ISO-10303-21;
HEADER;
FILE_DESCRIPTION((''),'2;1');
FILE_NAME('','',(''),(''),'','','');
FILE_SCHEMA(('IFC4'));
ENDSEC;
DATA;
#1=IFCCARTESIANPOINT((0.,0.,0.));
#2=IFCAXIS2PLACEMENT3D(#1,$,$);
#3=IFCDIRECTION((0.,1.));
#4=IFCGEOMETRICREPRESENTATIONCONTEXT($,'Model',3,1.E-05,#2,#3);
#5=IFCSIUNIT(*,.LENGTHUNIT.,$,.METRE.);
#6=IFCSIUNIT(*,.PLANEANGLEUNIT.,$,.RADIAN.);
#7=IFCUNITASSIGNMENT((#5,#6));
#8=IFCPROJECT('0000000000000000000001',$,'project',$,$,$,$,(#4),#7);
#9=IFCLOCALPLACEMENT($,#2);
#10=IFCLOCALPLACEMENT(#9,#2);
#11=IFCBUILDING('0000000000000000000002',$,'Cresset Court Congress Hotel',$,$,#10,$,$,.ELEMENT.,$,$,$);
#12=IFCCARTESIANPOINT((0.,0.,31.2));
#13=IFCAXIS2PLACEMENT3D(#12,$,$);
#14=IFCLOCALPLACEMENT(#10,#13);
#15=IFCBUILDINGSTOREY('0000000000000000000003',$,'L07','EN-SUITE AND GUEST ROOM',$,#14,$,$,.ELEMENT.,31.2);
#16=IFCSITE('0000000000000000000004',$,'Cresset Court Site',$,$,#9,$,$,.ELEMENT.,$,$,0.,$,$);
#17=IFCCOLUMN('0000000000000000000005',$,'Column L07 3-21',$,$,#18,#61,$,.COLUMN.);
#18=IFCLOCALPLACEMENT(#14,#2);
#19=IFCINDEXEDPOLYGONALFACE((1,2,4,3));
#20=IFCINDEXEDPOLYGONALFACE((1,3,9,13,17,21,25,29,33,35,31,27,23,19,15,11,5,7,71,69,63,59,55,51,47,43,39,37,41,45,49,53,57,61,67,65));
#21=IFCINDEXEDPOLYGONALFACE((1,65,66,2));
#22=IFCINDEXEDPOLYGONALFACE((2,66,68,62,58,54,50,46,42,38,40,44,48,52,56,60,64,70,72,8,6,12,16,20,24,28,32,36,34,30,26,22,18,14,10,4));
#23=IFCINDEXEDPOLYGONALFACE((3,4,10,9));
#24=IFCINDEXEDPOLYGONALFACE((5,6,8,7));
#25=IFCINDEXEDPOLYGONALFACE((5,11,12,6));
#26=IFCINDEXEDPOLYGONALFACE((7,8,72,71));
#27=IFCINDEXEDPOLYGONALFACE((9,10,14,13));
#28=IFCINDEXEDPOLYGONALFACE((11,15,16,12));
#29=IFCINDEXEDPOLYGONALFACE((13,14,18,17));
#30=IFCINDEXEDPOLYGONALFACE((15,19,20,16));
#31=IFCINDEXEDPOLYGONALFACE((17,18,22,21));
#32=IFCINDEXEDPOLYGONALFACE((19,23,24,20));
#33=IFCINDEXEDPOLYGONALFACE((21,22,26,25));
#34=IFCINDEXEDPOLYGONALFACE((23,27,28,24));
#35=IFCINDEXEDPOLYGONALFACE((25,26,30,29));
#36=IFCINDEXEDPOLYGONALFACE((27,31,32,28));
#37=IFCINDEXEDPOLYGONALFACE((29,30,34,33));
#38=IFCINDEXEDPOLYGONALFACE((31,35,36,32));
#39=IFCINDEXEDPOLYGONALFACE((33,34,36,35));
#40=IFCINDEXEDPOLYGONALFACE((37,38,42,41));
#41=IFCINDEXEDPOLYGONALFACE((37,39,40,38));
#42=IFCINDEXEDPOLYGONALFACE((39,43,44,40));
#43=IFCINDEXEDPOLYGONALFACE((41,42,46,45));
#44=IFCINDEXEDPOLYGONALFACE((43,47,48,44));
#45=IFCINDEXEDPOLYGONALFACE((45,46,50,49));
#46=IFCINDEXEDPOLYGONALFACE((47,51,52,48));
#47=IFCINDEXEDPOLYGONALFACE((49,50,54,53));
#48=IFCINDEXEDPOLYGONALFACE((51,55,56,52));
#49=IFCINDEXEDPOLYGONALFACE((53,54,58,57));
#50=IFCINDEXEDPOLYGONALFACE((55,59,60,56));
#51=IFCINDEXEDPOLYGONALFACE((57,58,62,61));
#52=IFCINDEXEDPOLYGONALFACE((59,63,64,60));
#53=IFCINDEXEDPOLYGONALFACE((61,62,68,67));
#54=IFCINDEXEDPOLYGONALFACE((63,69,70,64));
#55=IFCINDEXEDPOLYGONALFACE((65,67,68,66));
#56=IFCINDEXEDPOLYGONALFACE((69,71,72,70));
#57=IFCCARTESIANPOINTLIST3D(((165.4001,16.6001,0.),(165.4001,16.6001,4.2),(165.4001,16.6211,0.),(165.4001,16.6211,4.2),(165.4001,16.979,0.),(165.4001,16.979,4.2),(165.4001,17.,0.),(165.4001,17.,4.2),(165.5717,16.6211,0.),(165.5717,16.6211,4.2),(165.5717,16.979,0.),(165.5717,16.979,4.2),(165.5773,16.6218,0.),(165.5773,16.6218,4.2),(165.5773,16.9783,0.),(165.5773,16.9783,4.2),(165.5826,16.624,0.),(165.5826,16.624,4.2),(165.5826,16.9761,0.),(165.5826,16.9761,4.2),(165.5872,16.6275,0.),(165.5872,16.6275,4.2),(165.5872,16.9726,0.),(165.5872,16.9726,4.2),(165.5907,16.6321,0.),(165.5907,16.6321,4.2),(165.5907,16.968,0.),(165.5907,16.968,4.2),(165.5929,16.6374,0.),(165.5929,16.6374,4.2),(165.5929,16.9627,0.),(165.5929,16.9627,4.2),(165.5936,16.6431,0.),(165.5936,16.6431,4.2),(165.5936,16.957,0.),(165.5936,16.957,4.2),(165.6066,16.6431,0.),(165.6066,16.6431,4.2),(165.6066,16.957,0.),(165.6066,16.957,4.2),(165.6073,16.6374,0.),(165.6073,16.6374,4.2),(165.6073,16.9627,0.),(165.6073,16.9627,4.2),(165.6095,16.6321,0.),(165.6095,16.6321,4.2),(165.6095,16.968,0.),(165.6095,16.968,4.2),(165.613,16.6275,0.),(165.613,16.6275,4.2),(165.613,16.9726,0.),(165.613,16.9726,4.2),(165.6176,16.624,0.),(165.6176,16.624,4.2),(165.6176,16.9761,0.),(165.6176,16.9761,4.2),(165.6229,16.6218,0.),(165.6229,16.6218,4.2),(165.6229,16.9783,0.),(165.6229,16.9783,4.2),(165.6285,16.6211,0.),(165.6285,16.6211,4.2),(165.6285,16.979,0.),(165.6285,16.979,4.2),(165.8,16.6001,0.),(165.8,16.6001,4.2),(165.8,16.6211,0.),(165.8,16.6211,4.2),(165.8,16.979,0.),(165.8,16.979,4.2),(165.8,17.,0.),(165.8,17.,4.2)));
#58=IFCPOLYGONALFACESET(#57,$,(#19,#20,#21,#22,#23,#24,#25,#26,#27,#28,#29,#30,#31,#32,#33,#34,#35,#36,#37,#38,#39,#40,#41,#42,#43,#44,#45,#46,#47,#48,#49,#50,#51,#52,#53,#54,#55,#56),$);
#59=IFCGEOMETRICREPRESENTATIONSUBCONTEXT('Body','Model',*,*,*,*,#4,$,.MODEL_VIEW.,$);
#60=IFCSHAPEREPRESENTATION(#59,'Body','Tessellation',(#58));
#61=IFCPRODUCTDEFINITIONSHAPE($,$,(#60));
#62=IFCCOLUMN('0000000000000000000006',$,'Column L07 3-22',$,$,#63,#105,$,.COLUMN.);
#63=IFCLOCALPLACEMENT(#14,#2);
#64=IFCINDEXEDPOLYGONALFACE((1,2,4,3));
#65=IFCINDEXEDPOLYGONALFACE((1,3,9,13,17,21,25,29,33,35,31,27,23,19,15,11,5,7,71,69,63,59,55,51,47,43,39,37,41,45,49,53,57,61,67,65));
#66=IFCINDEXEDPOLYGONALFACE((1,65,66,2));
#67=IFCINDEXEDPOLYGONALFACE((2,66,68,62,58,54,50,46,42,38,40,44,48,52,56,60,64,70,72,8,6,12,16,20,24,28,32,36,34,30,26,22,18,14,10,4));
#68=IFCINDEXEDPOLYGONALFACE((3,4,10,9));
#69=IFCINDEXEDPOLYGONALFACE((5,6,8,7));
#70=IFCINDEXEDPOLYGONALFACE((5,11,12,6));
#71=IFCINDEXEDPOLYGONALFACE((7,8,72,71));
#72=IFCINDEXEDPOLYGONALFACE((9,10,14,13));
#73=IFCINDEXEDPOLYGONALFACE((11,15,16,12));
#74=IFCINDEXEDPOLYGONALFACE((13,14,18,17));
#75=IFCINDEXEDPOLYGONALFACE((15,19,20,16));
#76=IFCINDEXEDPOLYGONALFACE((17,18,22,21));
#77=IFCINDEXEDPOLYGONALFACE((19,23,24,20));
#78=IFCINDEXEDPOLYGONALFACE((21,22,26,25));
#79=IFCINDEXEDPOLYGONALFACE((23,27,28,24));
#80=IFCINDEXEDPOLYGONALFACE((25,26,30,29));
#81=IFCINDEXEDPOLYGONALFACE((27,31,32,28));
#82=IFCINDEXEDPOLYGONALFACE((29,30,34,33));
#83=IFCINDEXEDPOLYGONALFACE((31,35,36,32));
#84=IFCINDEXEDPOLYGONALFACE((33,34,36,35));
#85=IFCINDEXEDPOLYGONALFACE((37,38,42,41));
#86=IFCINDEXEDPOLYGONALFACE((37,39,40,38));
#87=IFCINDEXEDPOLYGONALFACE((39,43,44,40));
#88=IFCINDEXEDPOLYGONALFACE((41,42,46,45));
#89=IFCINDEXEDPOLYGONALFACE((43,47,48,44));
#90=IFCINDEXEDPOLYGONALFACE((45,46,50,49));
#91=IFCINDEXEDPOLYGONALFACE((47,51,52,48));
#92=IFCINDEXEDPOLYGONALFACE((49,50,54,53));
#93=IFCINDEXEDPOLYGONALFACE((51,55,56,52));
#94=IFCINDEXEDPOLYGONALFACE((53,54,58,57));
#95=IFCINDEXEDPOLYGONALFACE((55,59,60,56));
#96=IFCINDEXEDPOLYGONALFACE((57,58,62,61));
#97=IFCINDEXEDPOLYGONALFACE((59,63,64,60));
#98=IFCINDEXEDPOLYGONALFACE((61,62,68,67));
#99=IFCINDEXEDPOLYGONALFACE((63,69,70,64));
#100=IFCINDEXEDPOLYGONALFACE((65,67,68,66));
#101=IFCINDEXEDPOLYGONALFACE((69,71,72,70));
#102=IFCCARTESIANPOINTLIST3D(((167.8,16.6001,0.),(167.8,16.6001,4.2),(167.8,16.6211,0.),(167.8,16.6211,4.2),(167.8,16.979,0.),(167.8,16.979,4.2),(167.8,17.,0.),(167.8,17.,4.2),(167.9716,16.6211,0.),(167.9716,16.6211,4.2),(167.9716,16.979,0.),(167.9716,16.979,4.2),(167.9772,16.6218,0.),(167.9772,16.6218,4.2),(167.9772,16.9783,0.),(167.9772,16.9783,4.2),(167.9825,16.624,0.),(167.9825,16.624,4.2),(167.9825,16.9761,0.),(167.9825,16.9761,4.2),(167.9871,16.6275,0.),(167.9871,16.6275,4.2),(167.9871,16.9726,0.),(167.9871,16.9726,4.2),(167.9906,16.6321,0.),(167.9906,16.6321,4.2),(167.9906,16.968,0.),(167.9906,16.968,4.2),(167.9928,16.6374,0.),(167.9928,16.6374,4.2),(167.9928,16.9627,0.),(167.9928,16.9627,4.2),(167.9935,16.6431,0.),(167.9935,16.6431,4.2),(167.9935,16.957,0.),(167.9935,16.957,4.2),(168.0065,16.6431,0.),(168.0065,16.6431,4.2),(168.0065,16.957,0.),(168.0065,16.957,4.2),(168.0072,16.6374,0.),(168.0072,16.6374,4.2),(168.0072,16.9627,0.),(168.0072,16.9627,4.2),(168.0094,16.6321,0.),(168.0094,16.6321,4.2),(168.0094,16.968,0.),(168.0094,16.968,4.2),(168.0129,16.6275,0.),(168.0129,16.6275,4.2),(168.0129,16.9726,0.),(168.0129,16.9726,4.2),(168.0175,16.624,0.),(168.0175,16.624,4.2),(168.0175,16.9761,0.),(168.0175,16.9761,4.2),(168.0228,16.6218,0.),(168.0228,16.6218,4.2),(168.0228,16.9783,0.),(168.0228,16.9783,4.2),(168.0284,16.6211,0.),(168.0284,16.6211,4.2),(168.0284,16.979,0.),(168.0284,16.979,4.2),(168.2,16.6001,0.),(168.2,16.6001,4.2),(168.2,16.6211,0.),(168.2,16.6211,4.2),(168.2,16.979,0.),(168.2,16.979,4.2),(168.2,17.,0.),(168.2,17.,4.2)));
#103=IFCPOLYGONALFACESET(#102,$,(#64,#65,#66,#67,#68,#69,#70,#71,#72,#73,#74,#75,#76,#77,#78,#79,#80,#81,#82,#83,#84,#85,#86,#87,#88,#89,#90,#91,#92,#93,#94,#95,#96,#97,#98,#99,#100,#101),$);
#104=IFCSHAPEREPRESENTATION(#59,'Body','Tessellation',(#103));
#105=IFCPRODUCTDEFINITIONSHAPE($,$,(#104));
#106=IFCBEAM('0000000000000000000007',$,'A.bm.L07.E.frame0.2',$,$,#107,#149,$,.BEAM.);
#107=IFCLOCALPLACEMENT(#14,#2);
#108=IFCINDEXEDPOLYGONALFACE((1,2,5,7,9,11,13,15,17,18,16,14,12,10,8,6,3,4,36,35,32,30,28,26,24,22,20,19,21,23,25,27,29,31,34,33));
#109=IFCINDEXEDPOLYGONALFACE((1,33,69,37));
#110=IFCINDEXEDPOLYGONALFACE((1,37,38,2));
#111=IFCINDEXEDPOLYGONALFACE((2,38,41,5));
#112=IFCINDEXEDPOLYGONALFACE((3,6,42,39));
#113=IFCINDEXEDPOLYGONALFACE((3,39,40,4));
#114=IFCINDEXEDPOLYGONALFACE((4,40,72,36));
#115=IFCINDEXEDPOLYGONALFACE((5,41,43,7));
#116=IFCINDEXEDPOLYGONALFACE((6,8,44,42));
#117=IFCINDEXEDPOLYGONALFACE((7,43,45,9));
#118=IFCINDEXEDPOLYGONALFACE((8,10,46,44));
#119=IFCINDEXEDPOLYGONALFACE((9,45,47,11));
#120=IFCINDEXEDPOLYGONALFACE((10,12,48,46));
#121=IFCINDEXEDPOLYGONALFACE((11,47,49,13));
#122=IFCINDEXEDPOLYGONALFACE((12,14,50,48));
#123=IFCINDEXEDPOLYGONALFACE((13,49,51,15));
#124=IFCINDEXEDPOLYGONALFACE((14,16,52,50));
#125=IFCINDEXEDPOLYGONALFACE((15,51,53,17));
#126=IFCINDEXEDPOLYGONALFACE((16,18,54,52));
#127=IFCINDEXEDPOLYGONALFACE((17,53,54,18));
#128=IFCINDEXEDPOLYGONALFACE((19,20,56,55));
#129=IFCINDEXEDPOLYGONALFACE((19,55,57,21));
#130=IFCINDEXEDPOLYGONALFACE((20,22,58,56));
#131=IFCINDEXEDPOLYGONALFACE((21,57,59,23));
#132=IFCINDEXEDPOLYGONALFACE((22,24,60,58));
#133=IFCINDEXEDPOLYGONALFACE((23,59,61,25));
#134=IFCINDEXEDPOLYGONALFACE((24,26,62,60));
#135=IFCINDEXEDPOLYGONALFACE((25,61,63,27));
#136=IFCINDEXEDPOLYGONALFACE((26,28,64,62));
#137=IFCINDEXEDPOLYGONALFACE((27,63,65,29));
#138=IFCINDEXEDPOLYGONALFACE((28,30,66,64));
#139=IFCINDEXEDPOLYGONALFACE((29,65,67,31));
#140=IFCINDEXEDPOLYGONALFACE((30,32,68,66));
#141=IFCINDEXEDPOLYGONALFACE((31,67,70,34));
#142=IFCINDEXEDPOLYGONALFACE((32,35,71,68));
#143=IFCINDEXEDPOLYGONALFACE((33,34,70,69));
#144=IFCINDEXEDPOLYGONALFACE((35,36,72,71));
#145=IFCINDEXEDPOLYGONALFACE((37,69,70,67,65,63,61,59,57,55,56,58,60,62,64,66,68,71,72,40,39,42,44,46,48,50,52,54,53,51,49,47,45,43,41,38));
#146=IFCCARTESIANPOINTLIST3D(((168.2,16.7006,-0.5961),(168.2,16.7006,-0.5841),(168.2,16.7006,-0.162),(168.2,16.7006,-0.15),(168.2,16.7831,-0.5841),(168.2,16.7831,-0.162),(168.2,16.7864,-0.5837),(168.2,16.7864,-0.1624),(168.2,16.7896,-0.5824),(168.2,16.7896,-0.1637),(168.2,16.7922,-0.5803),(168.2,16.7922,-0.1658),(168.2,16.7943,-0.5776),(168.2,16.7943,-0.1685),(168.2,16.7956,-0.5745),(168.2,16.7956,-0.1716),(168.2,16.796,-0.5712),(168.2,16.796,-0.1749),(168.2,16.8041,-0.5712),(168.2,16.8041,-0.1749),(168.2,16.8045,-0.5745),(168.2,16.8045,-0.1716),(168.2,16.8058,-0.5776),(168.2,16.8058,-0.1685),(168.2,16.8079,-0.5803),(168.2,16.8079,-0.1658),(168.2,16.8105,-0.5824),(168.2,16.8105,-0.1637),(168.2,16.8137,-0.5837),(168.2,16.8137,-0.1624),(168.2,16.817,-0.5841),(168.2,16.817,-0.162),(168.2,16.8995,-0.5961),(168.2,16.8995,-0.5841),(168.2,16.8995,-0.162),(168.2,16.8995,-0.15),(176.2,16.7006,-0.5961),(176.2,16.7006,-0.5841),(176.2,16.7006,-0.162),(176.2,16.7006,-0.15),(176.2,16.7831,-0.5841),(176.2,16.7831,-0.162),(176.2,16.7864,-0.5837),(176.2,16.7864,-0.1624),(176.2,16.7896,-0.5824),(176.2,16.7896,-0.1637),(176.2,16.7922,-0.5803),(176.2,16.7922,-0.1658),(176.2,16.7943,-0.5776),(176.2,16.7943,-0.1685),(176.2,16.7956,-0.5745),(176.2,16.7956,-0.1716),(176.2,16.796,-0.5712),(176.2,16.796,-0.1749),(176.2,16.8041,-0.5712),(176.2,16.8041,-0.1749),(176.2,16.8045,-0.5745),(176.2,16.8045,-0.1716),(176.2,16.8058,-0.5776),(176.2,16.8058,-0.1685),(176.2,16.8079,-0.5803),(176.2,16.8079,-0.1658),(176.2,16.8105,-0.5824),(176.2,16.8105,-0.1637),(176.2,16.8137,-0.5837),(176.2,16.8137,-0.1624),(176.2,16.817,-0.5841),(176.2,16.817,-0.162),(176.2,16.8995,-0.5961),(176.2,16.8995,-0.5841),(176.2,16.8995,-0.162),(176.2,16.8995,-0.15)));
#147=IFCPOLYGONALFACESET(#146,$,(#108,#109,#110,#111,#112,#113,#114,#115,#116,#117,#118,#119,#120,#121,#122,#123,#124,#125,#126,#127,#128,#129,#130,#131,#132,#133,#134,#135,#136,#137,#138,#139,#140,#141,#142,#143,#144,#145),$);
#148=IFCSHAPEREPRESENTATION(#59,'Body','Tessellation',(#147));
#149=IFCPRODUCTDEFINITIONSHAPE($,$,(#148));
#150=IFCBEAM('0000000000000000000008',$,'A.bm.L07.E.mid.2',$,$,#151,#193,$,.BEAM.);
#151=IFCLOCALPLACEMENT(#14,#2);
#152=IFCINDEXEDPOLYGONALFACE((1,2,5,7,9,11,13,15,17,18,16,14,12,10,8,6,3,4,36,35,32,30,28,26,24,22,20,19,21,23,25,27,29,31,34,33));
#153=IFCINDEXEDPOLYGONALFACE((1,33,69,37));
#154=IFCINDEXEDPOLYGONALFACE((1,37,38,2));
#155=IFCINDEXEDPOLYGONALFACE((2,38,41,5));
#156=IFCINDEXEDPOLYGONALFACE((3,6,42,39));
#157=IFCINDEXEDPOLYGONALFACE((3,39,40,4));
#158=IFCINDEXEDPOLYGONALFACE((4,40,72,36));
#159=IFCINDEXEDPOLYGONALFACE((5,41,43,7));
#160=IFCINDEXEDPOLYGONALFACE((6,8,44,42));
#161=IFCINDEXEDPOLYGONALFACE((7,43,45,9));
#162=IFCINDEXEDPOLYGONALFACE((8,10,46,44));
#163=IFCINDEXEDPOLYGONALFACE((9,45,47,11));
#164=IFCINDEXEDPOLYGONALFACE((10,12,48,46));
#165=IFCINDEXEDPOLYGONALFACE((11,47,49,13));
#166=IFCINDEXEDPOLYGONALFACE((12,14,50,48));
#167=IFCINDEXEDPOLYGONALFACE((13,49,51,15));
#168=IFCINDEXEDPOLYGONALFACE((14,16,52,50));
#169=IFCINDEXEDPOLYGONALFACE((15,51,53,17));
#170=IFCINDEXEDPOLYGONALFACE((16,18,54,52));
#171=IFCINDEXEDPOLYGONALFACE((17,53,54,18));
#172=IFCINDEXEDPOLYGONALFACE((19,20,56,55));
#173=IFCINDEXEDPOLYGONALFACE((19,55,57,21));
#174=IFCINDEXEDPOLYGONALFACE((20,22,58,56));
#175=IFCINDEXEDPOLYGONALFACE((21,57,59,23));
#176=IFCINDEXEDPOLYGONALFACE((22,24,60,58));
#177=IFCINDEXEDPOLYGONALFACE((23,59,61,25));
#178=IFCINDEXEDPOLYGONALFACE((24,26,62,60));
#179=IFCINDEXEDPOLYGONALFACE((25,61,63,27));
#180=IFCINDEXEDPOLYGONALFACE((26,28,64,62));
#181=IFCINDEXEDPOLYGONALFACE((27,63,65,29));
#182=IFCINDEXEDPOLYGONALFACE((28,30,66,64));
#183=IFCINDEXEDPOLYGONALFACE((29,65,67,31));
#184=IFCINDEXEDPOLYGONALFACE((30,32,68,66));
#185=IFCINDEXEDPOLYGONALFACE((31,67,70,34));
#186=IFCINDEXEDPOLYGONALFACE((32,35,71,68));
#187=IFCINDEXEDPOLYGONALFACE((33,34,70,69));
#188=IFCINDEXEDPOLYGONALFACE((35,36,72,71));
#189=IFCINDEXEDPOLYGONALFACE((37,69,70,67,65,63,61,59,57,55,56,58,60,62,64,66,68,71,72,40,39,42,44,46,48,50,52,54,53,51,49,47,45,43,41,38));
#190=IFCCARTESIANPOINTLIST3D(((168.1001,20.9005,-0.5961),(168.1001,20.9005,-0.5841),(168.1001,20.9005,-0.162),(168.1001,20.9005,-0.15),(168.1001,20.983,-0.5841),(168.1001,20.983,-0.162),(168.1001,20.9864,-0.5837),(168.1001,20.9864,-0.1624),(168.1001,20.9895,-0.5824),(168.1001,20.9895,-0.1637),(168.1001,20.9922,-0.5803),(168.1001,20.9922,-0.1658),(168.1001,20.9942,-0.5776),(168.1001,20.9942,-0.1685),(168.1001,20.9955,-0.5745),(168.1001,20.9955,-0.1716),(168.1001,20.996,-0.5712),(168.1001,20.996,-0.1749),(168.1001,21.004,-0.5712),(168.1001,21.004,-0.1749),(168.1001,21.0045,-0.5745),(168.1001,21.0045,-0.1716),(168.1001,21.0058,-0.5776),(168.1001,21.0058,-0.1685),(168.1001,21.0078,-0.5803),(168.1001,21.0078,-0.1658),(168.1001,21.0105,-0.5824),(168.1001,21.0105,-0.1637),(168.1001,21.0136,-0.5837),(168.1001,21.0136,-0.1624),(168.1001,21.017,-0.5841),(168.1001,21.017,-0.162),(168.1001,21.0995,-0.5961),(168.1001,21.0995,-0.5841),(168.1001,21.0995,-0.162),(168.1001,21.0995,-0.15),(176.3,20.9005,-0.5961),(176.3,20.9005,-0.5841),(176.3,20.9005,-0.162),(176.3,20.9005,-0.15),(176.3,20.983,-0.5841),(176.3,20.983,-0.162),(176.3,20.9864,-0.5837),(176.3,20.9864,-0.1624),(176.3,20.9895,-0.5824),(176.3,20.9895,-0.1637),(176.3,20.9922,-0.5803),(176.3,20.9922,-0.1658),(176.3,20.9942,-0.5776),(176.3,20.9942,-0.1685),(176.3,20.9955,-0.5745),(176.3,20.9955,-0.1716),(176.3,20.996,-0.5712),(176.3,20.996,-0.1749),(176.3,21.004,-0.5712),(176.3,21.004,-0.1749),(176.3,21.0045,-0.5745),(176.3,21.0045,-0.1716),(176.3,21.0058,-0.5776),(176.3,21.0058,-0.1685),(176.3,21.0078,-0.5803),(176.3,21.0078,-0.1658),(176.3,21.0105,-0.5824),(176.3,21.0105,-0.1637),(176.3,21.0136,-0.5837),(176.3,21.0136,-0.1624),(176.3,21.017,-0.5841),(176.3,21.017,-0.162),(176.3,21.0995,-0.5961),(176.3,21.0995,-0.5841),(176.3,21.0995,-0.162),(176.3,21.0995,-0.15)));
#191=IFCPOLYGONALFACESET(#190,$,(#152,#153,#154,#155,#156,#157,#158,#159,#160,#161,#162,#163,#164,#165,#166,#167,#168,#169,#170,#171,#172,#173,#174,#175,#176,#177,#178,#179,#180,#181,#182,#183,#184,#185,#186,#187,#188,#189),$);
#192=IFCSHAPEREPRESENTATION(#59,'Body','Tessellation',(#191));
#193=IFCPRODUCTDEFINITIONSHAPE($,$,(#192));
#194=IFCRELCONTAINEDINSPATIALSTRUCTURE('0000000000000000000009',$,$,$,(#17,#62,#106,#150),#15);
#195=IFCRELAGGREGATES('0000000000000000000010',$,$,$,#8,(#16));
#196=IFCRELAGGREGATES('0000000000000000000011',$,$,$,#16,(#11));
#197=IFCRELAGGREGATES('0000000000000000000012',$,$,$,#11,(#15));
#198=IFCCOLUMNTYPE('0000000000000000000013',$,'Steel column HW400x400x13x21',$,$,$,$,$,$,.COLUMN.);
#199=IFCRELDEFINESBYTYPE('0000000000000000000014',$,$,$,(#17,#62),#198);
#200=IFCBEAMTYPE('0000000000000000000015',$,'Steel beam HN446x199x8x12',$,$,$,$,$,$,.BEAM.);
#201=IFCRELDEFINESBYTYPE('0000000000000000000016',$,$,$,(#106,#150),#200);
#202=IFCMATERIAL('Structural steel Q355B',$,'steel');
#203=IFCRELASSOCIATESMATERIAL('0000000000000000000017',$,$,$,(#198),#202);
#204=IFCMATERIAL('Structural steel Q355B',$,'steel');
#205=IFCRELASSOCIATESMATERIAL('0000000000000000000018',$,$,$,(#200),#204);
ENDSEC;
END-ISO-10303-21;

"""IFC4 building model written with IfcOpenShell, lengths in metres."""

from ifc_helpers import new_model, si_unit, direction, frame, origin, origin_2d, place, context, subcontext, project, spatial, i_section, extrude, material, material_profile, profile_set, type_object, element, save


model = new_model("IFC4")

# Units and contexts
model_context = context("Model", 3, precision=1e-05, world=origin(), true_north=direction((0.0, 1.0)))
body_context = subcontext(model_context, "Body", "Model", "MODEL_VIEW")
ifc_project = project(units=[si_unit("LENGTHUNIT", "METRE"), si_unit("PLANEANGLEUNIT", "RADIAN")], contexts=[model_context])

# Site, building, storey
site_placement = place(None, origin())
site = spatial("IfcSite", under=ifc_project, at=site_placement, Name="Cresset Court Site", CompositionType="ELEMENT", RefElevation=0.0)
building_placement = place(site_placement, origin())
building = spatial("IfcBuilding", under=site, at=building_placement, Name="Cresset Court Congress Hotel", CompositionType="ELEMENT")
storey_placement = place(building_placement, frame((0.0, 0.0, 31.2)))
storey = spatial("IfcBuildingStorey", under=building, at=storey_placement, Name="L07", Description="EN-SUITE AND GUEST ROOM", CompositionType="ELEMENT", Elevation=31.2)

# Columns
ifc_material_1 = material(Name="Structural steel Q355B", Category="steel")
ifc_material_profile_1 = material_profile(ifc_material_1, i_section(OverallWidth=0.3999, OverallDepth=0.3999, WebThickness=0.0129, FlangeThickness=0.021, FilletRadius=0.022, at=origin_2d()), Name="HW400x400x13x21")
ifc_profile_set_1 = profile_set([ifc_material_profile_1], Name="Structural steel Q355B")
column_type = type_object("IfcColumnType", Name="Steel column HW400x400x13x21", PredefinedType="COLUMN", material=ifc_profile_set_1)
for number, where, z_axis, x_axis, name in (
    (1, (165.6001, 16.8, 0.0), (0.0, 0.0, 1.0), (1.0, 0.0, 0.0), "Column L07 3-21"),
    (2, (168.0, 16.8, 0.0), (0.0, 0.0, 1.0), (1.0, 0.0, 0.0), "Column L07 3-22"),
):
    element("IfcColumn", number, at=place(storey_placement, frame(where, z_axis=z_axis, x_axis=x_axis)), inside=storey, type_object=column_type, Name=name, PredefinedType="COLUMN", context=body_context, shape_type="SweptSolid", body=[
        extrude(i_section(OverallWidth=0.3999, OverallDepth=0.3999, WebThickness=0.0129, FlangeThickness=0.021, FilletRadius=0.022, at=origin_2d()), origin(), (0.0, 0.0, 1.0), 4.2),
    ])

# Beams
ifc_material_2 = material(Name="Structural steel Q355B", Category="steel")
ifc_material_profile_2 = material_profile(ifc_material_2, i_section(OverallWidth=0.199, OverallDepth=0.446, WebThickness=0.0081, FlangeThickness=0.012, FilletRadius=0.0129, at=origin_2d()), Name="HN446x199x8x12")
ifc_profile_set_2 = profile_set([ifc_material_profile_2], Name="Structural steel Q355B")
beam_type_1 = type_object("IfcBeamType", Name="Steel beam HN446x199x8x12", PredefinedType="BEAM", material=ifc_profile_set_2)
beam_1_placement = place(storey_placement, frame((168.2, 16.8, -0.373), z_axis=(1.0, 0.0, 0.0), x_axis=(0.0, 1.0, 0.0)))
element("IfcBeam", 3, at=beam_1_placement, inside=storey, type_object=beam_type_1, Name="A.bm.L07.E.frame0.2", PredefinedType="BEAM", context=body_context, shape_type="SweptSolid", body=[
    extrude(i_section(OverallWidth=0.199, OverallDepth=0.446, WebThickness=0.0081, FlangeThickness=0.012, FilletRadius=0.0129, at=origin_2d()), origin(), (0.0, 0.0, 1.0), 8.0),
])
beam_2_placement = place(storey_placement, frame((168.1001, 21.0, -0.373), z_axis=(1.0, 0.0, 0.0), x_axis=(0.0, 1.0, 0.0)))
element("IfcBeam", 4, at=beam_2_placement, inside=storey, type_object=beam_type_1, Name="A.bm.L07.E.mid.2", PredefinedType="BEAM", context=body_context, shape_type="SweptSolid", body=[
    extrude(i_section(OverallWidth=0.199, OverallDepth=0.446, WebThickness=0.0081, FlangeThickness=0.012, FilletRadius=0.0129, at=origin_2d()), origin(), (0.0, 0.0, 1.0), 8.2),
])

save(model, "model.ifc")
